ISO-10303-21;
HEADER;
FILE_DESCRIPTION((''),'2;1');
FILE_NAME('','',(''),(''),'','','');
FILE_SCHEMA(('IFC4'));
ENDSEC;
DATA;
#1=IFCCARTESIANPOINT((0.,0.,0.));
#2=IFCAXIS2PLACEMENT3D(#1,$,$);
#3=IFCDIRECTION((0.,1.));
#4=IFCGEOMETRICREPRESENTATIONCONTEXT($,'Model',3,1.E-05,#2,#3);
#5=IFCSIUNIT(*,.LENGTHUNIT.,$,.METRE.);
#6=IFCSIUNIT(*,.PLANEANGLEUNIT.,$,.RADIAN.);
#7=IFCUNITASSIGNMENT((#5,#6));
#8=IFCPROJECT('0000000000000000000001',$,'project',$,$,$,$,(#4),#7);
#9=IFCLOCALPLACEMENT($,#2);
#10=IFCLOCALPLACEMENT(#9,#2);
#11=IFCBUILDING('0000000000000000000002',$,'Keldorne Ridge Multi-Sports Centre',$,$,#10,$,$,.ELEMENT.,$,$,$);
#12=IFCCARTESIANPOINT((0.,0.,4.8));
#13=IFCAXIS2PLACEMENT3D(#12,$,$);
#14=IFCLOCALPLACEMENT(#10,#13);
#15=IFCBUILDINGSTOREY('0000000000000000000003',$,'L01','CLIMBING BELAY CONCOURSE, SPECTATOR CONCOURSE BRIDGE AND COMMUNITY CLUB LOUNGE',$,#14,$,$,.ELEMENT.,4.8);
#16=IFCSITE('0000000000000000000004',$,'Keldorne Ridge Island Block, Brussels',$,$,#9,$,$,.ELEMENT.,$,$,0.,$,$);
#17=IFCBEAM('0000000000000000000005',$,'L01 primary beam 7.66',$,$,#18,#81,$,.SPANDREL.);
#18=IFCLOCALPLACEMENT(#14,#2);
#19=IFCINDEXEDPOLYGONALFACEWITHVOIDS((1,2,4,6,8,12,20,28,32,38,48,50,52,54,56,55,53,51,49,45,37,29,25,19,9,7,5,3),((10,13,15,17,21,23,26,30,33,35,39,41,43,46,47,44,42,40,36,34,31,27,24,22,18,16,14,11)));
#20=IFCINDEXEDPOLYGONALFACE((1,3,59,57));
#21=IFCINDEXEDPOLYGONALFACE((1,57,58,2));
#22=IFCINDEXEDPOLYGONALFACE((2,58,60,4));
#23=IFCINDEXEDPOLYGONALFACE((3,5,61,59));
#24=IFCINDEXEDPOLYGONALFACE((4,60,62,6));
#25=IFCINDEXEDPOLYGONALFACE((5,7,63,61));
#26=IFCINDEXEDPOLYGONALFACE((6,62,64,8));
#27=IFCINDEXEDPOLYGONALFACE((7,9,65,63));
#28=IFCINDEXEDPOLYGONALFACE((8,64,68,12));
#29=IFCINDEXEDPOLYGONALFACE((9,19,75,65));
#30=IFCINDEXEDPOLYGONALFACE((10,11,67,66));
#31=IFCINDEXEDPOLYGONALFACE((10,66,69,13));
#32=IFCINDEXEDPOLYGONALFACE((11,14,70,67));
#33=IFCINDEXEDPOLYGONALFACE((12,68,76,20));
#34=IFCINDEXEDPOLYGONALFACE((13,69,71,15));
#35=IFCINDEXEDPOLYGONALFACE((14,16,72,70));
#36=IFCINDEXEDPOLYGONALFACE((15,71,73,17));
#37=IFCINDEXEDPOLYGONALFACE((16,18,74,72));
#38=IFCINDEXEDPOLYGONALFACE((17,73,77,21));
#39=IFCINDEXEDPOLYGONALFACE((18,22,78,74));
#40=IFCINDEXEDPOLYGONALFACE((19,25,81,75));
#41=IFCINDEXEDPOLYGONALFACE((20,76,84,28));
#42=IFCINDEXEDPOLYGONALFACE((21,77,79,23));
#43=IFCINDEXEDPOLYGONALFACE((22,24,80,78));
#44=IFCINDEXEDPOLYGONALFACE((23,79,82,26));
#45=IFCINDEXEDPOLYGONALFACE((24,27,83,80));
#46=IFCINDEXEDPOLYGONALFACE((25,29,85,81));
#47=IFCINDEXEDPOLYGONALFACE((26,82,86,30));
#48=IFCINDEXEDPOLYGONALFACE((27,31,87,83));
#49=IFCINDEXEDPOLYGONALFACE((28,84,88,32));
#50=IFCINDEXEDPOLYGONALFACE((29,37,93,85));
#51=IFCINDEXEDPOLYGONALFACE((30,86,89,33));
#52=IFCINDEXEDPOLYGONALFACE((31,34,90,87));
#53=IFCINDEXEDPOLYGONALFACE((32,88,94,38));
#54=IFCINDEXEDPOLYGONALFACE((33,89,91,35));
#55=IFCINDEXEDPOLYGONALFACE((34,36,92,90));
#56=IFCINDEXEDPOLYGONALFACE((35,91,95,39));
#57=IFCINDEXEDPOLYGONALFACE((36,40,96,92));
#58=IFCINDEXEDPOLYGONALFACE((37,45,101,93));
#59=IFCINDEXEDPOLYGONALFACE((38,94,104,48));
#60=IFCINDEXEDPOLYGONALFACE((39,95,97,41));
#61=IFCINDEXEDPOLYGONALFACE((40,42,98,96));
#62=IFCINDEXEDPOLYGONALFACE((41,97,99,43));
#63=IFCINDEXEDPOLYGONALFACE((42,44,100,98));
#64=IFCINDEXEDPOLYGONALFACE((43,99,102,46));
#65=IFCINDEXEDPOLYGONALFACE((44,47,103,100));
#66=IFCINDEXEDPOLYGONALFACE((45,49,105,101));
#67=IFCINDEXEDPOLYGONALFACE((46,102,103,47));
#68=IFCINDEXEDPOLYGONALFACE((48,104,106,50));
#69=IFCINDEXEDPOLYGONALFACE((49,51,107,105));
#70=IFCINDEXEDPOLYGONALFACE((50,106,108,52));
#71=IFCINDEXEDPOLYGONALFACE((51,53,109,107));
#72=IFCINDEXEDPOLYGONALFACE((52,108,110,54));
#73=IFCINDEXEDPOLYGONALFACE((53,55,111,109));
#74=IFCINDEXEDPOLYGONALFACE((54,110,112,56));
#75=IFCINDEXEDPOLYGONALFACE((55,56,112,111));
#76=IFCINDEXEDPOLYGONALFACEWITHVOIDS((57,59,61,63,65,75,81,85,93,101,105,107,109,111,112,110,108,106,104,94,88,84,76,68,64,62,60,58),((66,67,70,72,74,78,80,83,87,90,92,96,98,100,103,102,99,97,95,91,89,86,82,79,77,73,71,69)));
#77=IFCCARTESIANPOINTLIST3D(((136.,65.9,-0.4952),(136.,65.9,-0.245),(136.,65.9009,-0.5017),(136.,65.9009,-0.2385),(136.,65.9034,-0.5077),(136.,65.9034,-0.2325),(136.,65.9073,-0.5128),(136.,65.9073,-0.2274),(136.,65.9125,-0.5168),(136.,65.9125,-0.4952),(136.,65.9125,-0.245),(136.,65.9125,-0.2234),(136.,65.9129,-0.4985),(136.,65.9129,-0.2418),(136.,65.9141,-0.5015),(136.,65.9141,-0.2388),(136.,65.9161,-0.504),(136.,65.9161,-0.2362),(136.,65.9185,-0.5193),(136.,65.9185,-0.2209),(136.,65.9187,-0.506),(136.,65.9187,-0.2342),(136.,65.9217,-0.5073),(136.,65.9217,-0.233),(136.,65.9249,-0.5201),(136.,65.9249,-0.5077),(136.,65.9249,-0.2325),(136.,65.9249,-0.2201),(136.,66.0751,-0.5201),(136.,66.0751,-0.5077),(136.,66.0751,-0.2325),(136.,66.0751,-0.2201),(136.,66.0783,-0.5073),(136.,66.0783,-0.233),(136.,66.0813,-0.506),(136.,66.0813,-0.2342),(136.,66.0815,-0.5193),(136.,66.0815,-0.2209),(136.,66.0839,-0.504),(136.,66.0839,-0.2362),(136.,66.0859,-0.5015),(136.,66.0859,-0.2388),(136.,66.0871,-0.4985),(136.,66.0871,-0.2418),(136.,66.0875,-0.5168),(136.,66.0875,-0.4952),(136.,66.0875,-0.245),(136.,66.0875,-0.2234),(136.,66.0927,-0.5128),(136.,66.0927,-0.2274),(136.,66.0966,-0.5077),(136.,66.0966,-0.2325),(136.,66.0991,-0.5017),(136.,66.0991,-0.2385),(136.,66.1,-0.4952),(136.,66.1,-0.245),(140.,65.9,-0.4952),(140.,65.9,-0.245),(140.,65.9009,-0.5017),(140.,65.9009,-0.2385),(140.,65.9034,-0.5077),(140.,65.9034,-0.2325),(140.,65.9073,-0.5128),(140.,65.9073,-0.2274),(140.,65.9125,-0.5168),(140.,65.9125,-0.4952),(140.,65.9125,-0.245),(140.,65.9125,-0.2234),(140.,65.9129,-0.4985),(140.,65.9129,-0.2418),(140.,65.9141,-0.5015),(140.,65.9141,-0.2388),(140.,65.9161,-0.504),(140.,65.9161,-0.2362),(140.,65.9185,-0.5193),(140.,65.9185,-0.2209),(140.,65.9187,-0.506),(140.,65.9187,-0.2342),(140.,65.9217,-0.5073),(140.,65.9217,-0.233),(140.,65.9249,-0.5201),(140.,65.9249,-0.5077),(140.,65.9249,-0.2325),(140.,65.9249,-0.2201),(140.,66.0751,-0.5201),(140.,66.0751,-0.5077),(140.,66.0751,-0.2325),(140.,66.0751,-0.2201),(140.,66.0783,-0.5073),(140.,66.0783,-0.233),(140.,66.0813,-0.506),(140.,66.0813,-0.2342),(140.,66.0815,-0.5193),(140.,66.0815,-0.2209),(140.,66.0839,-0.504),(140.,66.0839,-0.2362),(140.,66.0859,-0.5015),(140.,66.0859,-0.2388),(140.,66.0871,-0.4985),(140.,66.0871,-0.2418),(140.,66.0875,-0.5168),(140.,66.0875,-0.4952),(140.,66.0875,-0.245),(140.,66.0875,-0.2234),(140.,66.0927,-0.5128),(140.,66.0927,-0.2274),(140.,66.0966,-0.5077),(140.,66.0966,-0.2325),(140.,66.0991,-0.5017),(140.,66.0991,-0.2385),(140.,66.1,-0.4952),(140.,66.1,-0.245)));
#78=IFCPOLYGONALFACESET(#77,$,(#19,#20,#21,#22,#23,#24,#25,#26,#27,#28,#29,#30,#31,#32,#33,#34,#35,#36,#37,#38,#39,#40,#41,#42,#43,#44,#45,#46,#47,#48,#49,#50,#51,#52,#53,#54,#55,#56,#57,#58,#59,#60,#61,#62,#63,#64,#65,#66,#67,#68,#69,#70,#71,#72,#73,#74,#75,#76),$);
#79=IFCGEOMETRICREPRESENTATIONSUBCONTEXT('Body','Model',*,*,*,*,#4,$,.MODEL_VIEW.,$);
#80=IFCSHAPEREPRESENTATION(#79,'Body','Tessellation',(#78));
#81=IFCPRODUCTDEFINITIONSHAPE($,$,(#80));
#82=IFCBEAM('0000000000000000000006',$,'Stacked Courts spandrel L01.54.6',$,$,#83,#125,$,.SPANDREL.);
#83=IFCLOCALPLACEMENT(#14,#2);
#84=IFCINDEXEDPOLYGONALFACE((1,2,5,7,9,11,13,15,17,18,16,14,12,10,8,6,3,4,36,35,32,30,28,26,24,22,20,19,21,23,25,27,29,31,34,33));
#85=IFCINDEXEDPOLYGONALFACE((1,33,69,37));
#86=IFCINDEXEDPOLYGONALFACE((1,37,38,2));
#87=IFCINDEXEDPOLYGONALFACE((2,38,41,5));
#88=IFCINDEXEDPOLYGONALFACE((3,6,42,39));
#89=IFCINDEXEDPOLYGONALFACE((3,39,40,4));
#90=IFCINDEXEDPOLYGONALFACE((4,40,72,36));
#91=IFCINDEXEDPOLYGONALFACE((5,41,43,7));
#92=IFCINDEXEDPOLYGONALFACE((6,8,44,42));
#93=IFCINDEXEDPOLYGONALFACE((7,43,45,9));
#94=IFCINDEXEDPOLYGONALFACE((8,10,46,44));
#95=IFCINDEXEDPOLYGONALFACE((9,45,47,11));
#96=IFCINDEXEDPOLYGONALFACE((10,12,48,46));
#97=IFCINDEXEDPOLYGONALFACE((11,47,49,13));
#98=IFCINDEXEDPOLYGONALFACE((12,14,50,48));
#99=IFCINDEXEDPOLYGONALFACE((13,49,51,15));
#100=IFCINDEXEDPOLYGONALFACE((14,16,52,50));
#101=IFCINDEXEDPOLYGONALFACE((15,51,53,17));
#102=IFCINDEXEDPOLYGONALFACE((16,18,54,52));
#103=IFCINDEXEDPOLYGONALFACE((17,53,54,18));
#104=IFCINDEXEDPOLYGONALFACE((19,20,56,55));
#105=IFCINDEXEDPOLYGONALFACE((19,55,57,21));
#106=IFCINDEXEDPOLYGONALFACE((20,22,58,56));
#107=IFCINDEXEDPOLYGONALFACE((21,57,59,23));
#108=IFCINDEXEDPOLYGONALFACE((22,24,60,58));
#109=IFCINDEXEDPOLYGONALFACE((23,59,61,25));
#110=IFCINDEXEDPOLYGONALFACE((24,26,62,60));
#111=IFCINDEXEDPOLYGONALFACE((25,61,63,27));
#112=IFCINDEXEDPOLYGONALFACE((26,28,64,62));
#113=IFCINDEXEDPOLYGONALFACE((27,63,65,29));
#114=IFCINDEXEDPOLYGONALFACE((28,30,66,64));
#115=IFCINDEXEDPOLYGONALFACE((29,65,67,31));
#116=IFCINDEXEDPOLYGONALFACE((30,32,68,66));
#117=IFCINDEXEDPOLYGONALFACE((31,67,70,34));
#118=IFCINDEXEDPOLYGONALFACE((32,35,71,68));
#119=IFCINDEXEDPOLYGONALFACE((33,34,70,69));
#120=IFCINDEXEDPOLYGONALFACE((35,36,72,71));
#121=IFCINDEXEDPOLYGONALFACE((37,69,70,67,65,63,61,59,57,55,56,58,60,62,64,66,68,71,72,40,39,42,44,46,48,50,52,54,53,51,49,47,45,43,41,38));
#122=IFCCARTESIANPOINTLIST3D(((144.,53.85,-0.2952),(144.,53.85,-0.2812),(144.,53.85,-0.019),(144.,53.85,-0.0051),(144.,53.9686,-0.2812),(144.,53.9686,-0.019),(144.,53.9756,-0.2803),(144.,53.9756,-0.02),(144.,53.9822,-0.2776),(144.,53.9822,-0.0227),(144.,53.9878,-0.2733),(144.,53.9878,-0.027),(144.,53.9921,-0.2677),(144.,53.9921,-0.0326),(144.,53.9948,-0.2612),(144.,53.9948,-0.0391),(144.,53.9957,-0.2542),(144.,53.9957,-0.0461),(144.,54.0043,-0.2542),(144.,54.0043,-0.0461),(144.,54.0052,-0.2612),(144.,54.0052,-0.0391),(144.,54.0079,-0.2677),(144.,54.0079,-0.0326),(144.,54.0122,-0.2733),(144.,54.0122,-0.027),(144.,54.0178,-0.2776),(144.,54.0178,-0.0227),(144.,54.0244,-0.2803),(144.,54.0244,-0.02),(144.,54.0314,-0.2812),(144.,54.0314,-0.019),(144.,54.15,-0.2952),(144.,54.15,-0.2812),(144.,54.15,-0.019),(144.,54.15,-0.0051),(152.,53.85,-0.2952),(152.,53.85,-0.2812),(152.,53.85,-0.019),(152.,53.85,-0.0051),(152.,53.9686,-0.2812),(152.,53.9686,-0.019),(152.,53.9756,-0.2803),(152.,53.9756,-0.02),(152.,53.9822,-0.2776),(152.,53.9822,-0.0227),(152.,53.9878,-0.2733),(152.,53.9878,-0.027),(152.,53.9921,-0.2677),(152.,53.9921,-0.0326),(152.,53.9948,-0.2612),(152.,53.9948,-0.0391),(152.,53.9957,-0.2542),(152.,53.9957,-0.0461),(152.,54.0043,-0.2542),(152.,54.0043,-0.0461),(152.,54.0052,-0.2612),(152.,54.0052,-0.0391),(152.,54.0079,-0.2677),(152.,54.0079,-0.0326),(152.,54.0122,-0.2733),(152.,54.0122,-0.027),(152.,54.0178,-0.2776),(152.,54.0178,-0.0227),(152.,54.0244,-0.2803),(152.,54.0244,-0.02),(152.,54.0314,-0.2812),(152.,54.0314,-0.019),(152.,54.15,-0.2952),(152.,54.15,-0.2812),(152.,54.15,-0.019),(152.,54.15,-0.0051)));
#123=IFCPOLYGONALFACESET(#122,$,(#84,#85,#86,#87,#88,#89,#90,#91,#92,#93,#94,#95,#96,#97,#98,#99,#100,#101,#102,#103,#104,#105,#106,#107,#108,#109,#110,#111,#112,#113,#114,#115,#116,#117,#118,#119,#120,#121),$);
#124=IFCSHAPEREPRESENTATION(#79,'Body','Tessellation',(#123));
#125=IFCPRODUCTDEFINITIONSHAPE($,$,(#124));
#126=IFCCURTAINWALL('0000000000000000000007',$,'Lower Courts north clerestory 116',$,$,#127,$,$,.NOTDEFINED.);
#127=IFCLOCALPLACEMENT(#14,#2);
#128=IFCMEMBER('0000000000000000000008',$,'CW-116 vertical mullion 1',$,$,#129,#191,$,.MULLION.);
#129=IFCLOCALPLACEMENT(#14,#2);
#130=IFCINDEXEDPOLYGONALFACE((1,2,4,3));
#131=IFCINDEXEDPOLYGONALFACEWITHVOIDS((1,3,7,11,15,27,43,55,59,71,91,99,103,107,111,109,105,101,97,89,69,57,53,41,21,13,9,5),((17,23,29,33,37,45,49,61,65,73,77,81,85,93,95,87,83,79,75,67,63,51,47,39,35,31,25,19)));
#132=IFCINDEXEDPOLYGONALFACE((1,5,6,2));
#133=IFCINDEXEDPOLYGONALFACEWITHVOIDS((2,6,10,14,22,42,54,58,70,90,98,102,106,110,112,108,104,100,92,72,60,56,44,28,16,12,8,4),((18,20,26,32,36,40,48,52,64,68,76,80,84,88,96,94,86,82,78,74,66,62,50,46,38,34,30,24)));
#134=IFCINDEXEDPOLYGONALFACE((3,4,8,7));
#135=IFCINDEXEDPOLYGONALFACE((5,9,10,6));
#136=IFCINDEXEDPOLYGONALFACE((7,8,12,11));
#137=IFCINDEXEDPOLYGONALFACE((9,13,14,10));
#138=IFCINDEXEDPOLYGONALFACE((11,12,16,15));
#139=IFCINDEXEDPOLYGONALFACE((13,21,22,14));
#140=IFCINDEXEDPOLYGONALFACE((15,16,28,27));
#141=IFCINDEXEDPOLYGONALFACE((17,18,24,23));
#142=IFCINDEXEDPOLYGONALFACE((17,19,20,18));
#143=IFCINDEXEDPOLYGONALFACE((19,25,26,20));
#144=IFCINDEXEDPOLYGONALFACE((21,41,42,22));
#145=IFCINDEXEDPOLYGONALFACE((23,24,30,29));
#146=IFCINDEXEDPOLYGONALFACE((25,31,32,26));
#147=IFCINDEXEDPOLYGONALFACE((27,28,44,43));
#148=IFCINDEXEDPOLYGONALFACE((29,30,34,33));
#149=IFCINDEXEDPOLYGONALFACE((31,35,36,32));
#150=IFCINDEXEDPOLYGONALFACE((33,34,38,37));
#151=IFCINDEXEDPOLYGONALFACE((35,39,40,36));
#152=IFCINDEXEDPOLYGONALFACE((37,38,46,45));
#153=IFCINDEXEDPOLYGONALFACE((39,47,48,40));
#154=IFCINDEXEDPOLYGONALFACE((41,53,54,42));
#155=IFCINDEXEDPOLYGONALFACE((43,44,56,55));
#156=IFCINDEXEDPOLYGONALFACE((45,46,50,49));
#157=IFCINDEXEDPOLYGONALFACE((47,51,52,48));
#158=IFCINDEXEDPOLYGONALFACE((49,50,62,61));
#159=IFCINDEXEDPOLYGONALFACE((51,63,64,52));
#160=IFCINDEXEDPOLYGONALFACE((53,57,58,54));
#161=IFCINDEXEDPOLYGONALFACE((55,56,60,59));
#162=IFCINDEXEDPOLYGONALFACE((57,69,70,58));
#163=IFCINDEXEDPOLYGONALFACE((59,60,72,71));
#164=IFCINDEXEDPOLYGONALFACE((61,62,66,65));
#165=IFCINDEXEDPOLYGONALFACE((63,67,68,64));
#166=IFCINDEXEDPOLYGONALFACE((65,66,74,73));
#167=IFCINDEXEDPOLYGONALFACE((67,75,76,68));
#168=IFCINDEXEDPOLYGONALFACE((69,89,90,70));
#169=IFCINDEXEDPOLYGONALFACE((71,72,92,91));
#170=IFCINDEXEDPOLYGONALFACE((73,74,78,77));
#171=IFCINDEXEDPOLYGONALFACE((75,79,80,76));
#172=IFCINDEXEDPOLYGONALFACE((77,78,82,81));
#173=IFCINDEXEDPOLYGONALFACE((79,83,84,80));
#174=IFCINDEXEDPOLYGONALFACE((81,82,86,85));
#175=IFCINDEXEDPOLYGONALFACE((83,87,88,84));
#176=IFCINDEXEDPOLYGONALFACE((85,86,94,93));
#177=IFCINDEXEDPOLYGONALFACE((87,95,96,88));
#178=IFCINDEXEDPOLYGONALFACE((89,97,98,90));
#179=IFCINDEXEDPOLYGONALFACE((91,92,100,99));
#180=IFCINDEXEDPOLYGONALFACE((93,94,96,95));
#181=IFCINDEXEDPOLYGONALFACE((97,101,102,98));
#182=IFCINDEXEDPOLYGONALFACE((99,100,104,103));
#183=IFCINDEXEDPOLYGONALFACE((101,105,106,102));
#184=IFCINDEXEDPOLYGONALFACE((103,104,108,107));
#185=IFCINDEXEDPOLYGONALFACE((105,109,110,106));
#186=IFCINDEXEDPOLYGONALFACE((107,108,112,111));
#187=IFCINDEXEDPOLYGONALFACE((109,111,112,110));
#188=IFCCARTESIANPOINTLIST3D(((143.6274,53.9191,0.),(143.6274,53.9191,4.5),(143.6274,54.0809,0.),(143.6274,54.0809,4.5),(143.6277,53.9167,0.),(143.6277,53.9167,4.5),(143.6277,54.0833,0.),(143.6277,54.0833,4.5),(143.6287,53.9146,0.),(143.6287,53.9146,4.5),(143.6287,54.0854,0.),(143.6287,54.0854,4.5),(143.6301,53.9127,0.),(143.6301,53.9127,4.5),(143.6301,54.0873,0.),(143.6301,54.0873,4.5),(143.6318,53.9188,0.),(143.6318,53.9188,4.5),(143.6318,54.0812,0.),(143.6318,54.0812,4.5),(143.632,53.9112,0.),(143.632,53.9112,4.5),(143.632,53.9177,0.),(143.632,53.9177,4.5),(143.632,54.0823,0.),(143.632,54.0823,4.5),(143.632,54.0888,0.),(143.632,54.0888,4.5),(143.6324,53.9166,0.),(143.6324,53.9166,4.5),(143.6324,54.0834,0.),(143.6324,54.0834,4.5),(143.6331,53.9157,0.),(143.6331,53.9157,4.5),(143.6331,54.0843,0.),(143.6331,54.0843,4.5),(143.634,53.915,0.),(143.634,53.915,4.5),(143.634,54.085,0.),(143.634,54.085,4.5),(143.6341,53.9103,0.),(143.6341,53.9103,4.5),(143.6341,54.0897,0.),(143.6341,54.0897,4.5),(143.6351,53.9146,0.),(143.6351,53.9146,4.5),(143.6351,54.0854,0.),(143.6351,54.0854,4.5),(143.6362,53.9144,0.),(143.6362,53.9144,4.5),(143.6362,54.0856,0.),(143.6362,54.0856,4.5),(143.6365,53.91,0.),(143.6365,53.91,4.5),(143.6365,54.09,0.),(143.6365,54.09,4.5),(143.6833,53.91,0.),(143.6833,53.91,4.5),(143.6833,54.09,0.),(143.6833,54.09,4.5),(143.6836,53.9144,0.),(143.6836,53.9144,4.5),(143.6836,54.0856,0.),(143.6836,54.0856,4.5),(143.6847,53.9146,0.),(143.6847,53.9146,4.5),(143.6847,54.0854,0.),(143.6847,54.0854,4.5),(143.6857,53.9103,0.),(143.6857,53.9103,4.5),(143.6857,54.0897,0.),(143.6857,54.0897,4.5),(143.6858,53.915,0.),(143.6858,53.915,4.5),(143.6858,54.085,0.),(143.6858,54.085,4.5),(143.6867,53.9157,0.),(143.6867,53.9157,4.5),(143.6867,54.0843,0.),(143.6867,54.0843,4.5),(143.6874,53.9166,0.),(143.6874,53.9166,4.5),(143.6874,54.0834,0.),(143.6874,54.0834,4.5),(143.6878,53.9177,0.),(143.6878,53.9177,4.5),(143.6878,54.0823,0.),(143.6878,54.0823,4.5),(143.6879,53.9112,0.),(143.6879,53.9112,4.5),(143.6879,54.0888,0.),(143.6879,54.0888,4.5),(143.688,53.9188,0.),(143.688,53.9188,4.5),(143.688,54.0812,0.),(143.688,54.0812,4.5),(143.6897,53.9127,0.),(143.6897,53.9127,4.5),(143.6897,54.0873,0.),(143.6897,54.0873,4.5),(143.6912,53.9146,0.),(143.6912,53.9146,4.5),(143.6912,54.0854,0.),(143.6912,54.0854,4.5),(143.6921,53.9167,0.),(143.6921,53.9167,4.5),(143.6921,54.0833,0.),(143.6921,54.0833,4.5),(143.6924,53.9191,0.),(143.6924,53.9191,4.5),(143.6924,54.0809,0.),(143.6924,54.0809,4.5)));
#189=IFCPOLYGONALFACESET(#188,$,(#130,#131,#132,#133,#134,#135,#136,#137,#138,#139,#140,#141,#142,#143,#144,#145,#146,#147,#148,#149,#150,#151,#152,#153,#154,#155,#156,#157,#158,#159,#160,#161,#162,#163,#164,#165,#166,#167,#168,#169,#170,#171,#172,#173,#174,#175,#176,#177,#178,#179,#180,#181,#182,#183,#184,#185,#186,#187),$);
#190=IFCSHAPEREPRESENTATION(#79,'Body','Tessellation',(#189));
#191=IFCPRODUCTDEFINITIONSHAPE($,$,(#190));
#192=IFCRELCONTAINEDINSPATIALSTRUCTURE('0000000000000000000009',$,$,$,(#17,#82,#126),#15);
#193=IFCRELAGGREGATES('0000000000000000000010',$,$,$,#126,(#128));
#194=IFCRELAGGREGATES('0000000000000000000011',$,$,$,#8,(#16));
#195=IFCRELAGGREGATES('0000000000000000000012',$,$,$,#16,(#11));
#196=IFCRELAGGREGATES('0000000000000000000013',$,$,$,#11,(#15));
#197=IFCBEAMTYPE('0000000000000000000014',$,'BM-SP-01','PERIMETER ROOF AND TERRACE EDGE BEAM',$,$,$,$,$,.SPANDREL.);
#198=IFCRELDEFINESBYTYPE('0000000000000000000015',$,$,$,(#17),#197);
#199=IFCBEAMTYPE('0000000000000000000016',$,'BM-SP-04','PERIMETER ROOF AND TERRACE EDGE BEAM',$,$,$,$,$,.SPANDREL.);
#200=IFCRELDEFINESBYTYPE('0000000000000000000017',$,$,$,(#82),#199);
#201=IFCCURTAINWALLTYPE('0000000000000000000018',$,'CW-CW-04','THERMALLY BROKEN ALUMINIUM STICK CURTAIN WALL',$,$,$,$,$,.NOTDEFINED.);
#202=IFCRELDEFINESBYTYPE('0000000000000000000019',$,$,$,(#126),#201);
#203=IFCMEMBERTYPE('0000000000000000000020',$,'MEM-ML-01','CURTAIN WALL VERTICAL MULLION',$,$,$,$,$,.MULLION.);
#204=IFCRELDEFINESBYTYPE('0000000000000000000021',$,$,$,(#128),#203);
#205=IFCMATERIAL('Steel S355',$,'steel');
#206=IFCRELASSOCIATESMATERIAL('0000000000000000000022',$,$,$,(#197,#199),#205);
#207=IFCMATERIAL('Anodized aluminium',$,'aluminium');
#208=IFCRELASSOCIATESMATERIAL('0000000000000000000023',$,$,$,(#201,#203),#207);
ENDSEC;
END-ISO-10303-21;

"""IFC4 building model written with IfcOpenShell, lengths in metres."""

from ifc_helpers import new_model, si_unit, direction, frame, origin, origin_2d, place, context, subcontext, project, spatial, hollow_rectangle, i_section, extrude, material, material_profile, profile_set, type_object, element, aggregate, save


model = new_model("IFC4")

# Units and contexts
model_context = context("Model", 3, precision=1e-05, world=origin(), true_north=direction((0.0, 1.0)))
body_context = subcontext(model_context, "Body", "Model", "MODEL_VIEW")
ifc_project = project(units=[si_unit("LENGTHUNIT", "METRE"), si_unit("PLANEANGLEUNIT", "RADIAN")], contexts=[model_context])

# Site, building, storey
site_placement = place(None, origin())
site = spatial("IfcSite", under=ifc_project, at=site_placement, Name="Keldorne Ridge Island Block, Brussels", CompositionType="ELEMENT", RefElevation=0.0)
building_placement = place(site_placement, origin())
building = spatial("IfcBuilding", under=site, at=building_placement, Name="Keldorne Ridge Multi-Sports Centre", CompositionType="ELEMENT")
storey_placement = place(building_placement, frame((0.0, 0.0, 4.8)))
storey = spatial("IfcBuildingStorey", under=building, at=storey_placement, Name="L01", Description="CLIMBING BELAY CONCOURSE, SPECTATOR CONCOURSE BRIDGE AND COMMUNITY CLUB LOUNGE", CompositionType="ELEMENT", Elevation=4.8)

# Shared definitions
ifc_material_1 = material(Name="Steel S355", Category="steel")

# Beams
ifc_material_profile_1 = material_profile(ifc_material_1, hollow_rectangle(XDim=0.2, YDim=0.3, WallThickness=0.0125, InnerFilletRadius=0.0125, OuterFilletRadius=0.0249, at=origin_2d()), Name="RHS 300x200x12.5")
ifc_profile_set_1 = profile_set([ifc_material_profile_1], Name="Steel S355")
beam_type_1 = type_object("IfcBeamType", Name="BM-SP-01", Description="PERIMETER ROOF AND TERRACE EDGE BEAM", PredefinedType="SPANDREL", material=ifc_profile_set_1)
beam_1_placement = place(storey_placement, frame((136.0, 66.0, -0.3701), z_axis=(1.0, 0.0, 0.0), x_axis=(0.0, 1.0, 0.0)))
element("IfcBeam", 1, at=beam_1_placement, inside=storey, type_object=beam_type_1, Name="L01 primary beam 7.66", PredefinedType="SPANDREL", context=body_context, shape_type="SweptSolid", body=[
    extrude(hollow_rectangle(XDim=0.2, YDim=0.3, WallThickness=0.0125, InnerFilletRadius=0.0125, OuterFilletRadius=0.0249, at=origin_2d()), origin(), (0.0, 0.0, 1.0), 4.0),
])
ifc_material_profile_2 = material_profile(ifc_material_1, i_section(OverallWidth=0.3, OverallDepth=0.29, WebThickness=0.0085, FlangeThickness=0.0139, FilletRadius=0.0271, at=origin_2d()), Name="HEA 300")
ifc_profile_set_2 = profile_set([ifc_material_profile_2], Name="Steel S355")
beam_type_2 = type_object("IfcBeamType", Name="BM-SP-04", Description="PERIMETER ROOF AND TERRACE EDGE BEAM", PredefinedType="SPANDREL", material=ifc_profile_set_2)
beam_2_placement = place(storey_placement, frame((144.0, 54.0, -0.1501), z_axis=(1.0, 0.0, 0.0), x_axis=(0.0, 1.0, 0.0)))
element("IfcBeam", 2, at=beam_2_placement, inside=storey, type_object=beam_type_2, Name="Stacked Courts spandrel L01.54.6", PredefinedType="SPANDREL", context=body_context, shape_type="SweptSolid", body=[
    extrude(i_section(OverallWidth=0.3, OverallDepth=0.29, WebThickness=0.0085, FlangeThickness=0.0139, FilletRadius=0.0271, at=origin_2d()), origin(), (0.0, 0.0, 1.0), 8.0),
])

# Curtain wall, member
ifc_material_2 = material(Name="Anodized aluminium", Category="aluminium")
curtain_wall_type_1 = type_object("IfcCurtainWallType", Name="CW-CW-04", Description="THERMALLY BROKEN ALUMINIUM STICK CURTAIN WALL", PredefinedType="NOTDEFINED", material=ifc_material_2)
curtain_wall_1_placement = place(storey_placement, origin())
curtain_wall_1 = element("IfcCurtainWall", 3, at=curtain_wall_1_placement, inside=storey, type_object=curtain_wall_type_1, Name="Lower Courts north clerestory 116", PredefinedType="NOTDEFINED")
ifc_material_profile_3 = material_profile(ifc_material_2, hollow_rectangle(XDim=0.0649, YDim=0.1799, WallThickness=0.0044, InnerFilletRadius=0.0044, OuterFilletRadius=0.009, at=origin_2d()), Name="ALU MULLION 180x65x4.5")
ifc_profile_set_3 = profile_set([ifc_material_profile_3], Name="Anodized aluminium")
member_type_1 = type_object("IfcMemberType", Name="MEM-ML-01", Description="CURTAIN WALL VERTICAL MULLION", PredefinedType="MULLION", material=ifc_profile_set_3)
member_1_placement = place(storey_placement, frame((143.6599, 54.0, 0.0), z_axis=(0.0, 0.0, 1.0), x_axis=(1.0, 0.0, 0.0)))
member_1 = element("IfcMember", 4, at=member_1_placement, type_object=member_type_1, Name="CW-116 vertical mullion 1", PredefinedType="MULLION", context=body_context, shape_type="SweptSolid", body=[
    extrude(hollow_rectangle(XDim=0.0649, YDim=0.1799, WallThickness=0.0044, InnerFilletRadius=0.0044, OuterFilletRadius=0.009, at=origin_2d()), origin(), (0.0, 0.0, 1.0), 4.5),
])

aggregate(curtain_wall_1, [member_1])

save(model, "model.ifc")
